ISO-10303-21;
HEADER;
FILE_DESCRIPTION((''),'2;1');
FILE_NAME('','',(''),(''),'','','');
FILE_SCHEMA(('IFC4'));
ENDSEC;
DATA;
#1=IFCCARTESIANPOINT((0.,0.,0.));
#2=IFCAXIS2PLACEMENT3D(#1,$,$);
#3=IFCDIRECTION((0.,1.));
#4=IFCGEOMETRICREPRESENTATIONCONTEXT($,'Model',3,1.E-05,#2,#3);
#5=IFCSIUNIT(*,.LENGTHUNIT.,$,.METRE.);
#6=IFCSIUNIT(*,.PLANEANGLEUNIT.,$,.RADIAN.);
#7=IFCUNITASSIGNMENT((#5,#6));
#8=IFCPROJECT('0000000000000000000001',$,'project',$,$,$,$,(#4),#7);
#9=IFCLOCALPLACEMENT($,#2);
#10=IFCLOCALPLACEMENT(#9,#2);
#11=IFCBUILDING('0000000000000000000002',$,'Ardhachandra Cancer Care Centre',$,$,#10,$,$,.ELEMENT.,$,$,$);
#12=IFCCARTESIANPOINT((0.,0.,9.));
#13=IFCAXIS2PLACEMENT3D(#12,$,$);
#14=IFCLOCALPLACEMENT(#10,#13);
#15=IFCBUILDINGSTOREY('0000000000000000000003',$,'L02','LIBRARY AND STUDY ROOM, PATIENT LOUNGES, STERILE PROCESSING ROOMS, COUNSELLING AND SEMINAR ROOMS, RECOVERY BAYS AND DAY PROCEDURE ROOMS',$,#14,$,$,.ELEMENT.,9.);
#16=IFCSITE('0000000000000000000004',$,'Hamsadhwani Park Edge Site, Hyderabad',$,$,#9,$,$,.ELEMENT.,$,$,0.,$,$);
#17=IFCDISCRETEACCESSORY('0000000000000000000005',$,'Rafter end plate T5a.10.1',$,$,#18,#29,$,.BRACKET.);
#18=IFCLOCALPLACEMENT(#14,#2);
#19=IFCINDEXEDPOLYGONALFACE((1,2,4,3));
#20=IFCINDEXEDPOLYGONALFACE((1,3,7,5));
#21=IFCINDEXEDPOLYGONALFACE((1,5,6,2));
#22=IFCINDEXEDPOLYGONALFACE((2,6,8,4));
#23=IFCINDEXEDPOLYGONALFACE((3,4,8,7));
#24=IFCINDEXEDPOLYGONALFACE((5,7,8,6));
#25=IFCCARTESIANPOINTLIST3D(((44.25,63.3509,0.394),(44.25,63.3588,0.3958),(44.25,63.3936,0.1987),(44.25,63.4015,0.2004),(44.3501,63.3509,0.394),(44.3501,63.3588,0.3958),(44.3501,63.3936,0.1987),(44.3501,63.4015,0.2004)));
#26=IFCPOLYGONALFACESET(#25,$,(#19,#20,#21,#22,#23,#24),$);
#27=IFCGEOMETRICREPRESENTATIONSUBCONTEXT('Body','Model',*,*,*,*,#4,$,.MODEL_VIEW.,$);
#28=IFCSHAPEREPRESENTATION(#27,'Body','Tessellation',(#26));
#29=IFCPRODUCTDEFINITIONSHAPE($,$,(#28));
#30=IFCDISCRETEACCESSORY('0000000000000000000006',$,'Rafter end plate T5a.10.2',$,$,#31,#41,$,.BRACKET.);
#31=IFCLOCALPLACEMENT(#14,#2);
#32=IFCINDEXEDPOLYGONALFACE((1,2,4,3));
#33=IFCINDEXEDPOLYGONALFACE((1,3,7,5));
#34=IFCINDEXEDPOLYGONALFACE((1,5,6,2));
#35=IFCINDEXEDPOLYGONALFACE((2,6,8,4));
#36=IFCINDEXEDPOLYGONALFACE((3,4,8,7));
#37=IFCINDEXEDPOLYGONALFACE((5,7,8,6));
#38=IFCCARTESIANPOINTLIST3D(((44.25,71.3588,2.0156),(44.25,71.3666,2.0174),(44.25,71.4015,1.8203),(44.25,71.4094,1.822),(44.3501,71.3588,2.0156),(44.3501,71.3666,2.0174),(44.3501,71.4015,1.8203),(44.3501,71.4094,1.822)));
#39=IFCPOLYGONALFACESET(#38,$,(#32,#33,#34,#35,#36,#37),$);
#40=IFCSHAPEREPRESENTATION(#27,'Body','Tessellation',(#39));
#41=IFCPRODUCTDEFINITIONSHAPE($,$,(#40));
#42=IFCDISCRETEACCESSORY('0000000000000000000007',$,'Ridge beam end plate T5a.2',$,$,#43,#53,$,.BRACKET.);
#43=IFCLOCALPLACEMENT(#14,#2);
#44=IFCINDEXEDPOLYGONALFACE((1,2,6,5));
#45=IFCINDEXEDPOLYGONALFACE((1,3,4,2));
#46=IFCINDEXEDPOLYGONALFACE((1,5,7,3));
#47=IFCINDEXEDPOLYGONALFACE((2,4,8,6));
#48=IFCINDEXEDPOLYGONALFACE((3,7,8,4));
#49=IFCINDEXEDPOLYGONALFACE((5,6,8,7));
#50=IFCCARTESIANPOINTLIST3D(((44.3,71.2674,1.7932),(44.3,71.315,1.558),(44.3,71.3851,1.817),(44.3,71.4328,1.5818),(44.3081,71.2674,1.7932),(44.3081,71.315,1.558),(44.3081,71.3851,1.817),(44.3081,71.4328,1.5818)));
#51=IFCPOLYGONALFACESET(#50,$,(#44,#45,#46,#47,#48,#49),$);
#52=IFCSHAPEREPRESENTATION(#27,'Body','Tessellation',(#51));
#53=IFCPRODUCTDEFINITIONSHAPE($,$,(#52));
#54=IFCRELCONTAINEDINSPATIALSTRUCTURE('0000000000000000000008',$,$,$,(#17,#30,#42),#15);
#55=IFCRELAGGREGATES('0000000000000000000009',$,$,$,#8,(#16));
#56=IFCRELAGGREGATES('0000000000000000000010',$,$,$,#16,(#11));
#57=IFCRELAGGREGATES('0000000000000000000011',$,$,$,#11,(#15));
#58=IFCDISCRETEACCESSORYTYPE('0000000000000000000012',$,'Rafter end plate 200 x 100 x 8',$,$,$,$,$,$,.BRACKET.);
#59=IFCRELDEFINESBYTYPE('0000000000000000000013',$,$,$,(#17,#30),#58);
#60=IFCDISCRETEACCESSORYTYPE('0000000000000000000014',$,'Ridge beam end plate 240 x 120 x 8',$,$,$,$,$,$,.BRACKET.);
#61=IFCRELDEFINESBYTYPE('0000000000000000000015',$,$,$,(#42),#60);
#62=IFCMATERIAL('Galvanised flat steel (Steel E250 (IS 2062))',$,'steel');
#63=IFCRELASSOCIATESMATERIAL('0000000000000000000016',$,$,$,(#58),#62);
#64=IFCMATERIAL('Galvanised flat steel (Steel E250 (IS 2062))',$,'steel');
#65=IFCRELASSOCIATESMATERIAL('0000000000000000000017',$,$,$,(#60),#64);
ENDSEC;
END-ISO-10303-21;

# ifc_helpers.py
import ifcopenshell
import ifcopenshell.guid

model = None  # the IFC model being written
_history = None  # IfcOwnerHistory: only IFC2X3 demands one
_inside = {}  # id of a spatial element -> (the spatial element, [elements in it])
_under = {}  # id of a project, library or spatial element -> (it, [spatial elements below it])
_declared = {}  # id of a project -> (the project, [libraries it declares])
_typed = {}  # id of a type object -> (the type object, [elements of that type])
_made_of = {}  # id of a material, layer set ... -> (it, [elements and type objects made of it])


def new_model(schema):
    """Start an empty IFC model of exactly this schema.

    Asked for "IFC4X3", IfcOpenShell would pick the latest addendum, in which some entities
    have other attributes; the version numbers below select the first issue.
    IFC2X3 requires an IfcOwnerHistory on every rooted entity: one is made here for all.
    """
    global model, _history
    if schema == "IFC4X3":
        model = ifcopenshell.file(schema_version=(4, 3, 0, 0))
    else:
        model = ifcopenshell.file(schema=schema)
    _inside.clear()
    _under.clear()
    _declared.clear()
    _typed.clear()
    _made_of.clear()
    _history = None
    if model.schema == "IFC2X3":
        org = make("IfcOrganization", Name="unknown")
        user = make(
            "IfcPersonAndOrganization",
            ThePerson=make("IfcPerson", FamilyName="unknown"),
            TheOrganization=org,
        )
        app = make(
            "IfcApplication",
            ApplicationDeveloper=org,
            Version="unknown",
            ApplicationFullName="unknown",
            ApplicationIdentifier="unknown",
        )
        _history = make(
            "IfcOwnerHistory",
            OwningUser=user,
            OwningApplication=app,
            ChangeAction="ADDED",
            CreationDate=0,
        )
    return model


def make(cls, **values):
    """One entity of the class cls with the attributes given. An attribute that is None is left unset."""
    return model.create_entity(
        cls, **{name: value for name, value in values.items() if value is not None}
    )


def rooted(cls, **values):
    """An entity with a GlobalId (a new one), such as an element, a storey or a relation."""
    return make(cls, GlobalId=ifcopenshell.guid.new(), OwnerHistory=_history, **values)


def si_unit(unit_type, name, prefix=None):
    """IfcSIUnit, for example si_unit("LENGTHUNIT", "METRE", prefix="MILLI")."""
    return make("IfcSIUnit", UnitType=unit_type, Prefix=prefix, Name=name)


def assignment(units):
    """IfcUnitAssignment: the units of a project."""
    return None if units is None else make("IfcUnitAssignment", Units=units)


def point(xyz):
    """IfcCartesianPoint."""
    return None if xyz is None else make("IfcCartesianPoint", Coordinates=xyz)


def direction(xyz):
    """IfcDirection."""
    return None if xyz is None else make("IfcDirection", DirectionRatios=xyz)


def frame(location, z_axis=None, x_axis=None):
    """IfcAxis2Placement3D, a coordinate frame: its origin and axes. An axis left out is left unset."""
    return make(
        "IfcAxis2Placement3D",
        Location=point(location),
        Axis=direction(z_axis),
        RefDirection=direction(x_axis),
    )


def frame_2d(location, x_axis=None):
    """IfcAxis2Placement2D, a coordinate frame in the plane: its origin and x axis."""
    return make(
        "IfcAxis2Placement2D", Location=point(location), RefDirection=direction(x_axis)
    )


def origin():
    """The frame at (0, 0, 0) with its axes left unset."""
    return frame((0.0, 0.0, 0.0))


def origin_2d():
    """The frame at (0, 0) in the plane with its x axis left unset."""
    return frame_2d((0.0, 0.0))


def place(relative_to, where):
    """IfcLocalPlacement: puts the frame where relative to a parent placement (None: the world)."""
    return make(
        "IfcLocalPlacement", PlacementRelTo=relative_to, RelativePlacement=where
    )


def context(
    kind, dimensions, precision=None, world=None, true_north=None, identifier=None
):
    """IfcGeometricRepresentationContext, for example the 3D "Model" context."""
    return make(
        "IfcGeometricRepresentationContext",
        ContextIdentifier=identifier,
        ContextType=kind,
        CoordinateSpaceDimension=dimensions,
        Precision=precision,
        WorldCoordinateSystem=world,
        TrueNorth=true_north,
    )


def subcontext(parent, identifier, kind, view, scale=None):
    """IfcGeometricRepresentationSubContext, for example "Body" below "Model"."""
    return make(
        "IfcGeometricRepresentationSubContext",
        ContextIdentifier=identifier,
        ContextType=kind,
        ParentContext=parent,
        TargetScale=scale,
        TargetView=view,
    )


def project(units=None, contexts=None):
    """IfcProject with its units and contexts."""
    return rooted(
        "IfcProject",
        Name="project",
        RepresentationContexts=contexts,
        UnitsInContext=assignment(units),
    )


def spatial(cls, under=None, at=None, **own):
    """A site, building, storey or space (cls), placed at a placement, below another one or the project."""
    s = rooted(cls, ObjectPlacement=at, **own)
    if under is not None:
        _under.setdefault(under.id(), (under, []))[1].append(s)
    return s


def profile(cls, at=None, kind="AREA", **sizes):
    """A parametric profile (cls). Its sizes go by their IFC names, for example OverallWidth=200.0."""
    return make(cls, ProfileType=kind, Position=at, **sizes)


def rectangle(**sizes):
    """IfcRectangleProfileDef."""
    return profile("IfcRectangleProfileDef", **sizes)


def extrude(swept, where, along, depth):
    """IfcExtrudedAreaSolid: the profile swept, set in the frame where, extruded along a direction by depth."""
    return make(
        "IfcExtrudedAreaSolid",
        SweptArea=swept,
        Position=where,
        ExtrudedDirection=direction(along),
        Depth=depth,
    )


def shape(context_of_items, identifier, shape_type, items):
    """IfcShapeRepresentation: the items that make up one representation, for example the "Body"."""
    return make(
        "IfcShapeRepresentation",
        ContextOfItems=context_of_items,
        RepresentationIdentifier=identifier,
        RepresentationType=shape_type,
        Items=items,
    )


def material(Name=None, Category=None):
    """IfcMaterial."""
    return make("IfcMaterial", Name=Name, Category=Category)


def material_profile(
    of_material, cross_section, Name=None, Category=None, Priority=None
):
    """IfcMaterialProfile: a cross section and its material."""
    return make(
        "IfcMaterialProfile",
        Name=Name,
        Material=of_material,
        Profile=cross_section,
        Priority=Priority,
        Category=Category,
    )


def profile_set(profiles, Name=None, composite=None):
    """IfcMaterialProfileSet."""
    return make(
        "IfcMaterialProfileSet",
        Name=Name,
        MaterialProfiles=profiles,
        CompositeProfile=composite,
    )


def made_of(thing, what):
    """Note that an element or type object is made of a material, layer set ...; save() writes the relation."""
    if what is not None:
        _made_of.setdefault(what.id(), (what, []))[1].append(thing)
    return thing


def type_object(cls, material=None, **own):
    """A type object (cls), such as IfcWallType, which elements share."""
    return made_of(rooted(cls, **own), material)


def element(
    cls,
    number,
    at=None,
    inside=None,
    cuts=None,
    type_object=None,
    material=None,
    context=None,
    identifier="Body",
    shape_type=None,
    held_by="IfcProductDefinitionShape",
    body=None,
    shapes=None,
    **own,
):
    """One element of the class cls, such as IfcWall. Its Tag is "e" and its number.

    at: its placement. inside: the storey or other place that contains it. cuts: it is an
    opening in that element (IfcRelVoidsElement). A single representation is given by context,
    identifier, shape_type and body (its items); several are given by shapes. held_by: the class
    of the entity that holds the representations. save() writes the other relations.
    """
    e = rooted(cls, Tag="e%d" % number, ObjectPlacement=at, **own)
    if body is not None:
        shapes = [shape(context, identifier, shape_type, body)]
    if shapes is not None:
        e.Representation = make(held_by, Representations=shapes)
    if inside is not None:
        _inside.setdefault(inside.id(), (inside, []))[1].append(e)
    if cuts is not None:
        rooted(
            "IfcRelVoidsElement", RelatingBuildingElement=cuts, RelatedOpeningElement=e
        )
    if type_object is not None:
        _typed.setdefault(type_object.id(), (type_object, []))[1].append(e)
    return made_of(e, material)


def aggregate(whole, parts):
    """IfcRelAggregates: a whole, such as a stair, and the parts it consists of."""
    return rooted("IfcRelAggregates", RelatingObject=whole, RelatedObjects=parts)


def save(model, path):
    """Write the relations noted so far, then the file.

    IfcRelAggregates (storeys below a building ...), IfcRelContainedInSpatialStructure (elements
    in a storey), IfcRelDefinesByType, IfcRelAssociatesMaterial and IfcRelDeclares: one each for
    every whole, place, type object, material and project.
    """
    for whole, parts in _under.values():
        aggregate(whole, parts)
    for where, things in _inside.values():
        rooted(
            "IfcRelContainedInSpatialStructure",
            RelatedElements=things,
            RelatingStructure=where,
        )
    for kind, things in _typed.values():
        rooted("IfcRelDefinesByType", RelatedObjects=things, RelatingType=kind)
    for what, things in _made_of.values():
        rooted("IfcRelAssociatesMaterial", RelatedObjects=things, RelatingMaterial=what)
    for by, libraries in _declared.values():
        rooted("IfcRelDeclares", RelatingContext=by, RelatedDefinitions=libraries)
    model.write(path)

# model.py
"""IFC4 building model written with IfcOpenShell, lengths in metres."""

from ifc_helpers import new_model, si_unit, direction, frame, origin, origin_2d, place, context, subcontext, project, spatial, rectangle, extrude, material, material_profile, profile_set, type_object, element, save


model = new_model("IFC4")

# Units and contexts
model_context = context("Model", 3, precision=1e-05, world=origin(), true_north=direction((0.0, 1.0)))
body_context = subcontext(model_context, "Body", "Model", "MODEL_VIEW")
ifc_project = project(units=[si_unit("LENGTHUNIT", "METRE"), si_unit("PLANEANGLEUNIT", "RADIAN")], contexts=[model_context])

# Site, building, storey
site_placement = place(None, origin())
site = spatial("IfcSite", under=ifc_project, at=site_placement, Name="Hamsadhwani Park Edge Site, Hyderabad", CompositionType="ELEMENT", RefElevation=0.0)
building_placement = place(site_placement, origin())
building = spatial("IfcBuilding", under=site, at=building_placement, Name="Ardhachandra Cancer Care Centre", CompositionType="ELEMENT")
storey_placement = place(building_placement, frame((0.0, 0.0, 9.0)))
storey = spatial("IfcBuildingStorey", under=building, at=storey_placement, Name="L02", Description="LIBRARY AND STUDY ROOM, PATIENT LOUNGES, STERILE PROCESSING ROOMS, COUNSELLING AND SEMINAR ROOMS, RECOVERY BAYS AND DAY PROCEDURE ROOMS", CompositionType="ELEMENT", Elevation=9.0)

# Discrete accessories
ifc_material_1 = material(Name="Galvanised flat steel (Steel E250 (IS 2062))", Category="steel")
ifc_material_profile_1 = material_profile(ifc_material_1, rectangle(XDim=0.1001, YDim=0.2, at=origin_2d()), Name="Rafter end plate 200 x 100 x 8")
ifc_profile_set_1 = profile_set([ifc_material_profile_1], Name="Galvanised flat steel (Steel E250 (IS 2062))")
discrete_accessory_type_1 = type_object("IfcDiscreteAccessoryType", Name="Rafter end plate 200 x 100 x 8", PredefinedType="BRACKET", material=ifc_profile_set_1)
for number, where, z_axis, x_axis, name in (
    (1, (44.3, 63.3801, 0.2981), (0.0, -0.9769, -0.213697), (1.0, 0.0, 0.0), "Rafter end plate T5a.10.1"),
    (2, (44.3, 71.3801, 1.918), (0.0, 0.9769, 0.213697), (-1.0, 0.0, 0.0), "Rafter end plate T5a.10.2"),
):
    element("IfcDiscreteAccessory", number, at=place(storey_placement, frame(where, z_axis=z_axis, x_axis=x_axis)), inside=storey, type_object=discrete_accessory_type_1, Name=name, PredefinedType="BRACKET", context=body_context, shape_type="SweptSolid", body=[
        extrude(rectangle(XDim=0.1001, YDim=0.2, at=origin_2d()), origin(), (0.0, 0.0, 1.0), 0.0081),
    ])
ifc_material_2 = material(Name="Galvanised flat steel (Steel E250 (IS 2062))", Category="steel")
ifc_material_profile_2 = material_profile(ifc_material_2, rectangle(XDim=0.1201, YDim=0.24, at=origin_2d()), Name="Ridge beam end plate 240 x 120 x 8")
ifc_profile_set_2 = profile_set([ifc_material_profile_2], Name="Galvanised flat steel (Steel E250 (IS 2062))")
discrete_accessory_type_2 = type_object("IfcDiscreteAccessoryType", Name="Ridge beam end plate 240 x 120 x 8", PredefinedType="BRACKET", material=ifc_profile_set_2)
discrete_accessory_placement = place(storey_placement, frame((44.3, 71.3501, 1.6875), z_axis=(1.0, 0.0, 0.0), x_axis=(0.0, 0.980107, 0.198472)))
element("IfcDiscreteAccessory", 3, at=discrete_accessory_placement, inside=storey, type_object=discrete_accessory_type_2, Name="Ridge beam end plate T5a.2", PredefinedType="BRACKET", context=body_context, shape_type="SweptSolid", body=[
    extrude(rectangle(XDim=0.1201, YDim=0.24, at=origin_2d()), origin(), (0.0, 0.0, 1.0), 0.0081),
])

save(model, "model.ifc")
